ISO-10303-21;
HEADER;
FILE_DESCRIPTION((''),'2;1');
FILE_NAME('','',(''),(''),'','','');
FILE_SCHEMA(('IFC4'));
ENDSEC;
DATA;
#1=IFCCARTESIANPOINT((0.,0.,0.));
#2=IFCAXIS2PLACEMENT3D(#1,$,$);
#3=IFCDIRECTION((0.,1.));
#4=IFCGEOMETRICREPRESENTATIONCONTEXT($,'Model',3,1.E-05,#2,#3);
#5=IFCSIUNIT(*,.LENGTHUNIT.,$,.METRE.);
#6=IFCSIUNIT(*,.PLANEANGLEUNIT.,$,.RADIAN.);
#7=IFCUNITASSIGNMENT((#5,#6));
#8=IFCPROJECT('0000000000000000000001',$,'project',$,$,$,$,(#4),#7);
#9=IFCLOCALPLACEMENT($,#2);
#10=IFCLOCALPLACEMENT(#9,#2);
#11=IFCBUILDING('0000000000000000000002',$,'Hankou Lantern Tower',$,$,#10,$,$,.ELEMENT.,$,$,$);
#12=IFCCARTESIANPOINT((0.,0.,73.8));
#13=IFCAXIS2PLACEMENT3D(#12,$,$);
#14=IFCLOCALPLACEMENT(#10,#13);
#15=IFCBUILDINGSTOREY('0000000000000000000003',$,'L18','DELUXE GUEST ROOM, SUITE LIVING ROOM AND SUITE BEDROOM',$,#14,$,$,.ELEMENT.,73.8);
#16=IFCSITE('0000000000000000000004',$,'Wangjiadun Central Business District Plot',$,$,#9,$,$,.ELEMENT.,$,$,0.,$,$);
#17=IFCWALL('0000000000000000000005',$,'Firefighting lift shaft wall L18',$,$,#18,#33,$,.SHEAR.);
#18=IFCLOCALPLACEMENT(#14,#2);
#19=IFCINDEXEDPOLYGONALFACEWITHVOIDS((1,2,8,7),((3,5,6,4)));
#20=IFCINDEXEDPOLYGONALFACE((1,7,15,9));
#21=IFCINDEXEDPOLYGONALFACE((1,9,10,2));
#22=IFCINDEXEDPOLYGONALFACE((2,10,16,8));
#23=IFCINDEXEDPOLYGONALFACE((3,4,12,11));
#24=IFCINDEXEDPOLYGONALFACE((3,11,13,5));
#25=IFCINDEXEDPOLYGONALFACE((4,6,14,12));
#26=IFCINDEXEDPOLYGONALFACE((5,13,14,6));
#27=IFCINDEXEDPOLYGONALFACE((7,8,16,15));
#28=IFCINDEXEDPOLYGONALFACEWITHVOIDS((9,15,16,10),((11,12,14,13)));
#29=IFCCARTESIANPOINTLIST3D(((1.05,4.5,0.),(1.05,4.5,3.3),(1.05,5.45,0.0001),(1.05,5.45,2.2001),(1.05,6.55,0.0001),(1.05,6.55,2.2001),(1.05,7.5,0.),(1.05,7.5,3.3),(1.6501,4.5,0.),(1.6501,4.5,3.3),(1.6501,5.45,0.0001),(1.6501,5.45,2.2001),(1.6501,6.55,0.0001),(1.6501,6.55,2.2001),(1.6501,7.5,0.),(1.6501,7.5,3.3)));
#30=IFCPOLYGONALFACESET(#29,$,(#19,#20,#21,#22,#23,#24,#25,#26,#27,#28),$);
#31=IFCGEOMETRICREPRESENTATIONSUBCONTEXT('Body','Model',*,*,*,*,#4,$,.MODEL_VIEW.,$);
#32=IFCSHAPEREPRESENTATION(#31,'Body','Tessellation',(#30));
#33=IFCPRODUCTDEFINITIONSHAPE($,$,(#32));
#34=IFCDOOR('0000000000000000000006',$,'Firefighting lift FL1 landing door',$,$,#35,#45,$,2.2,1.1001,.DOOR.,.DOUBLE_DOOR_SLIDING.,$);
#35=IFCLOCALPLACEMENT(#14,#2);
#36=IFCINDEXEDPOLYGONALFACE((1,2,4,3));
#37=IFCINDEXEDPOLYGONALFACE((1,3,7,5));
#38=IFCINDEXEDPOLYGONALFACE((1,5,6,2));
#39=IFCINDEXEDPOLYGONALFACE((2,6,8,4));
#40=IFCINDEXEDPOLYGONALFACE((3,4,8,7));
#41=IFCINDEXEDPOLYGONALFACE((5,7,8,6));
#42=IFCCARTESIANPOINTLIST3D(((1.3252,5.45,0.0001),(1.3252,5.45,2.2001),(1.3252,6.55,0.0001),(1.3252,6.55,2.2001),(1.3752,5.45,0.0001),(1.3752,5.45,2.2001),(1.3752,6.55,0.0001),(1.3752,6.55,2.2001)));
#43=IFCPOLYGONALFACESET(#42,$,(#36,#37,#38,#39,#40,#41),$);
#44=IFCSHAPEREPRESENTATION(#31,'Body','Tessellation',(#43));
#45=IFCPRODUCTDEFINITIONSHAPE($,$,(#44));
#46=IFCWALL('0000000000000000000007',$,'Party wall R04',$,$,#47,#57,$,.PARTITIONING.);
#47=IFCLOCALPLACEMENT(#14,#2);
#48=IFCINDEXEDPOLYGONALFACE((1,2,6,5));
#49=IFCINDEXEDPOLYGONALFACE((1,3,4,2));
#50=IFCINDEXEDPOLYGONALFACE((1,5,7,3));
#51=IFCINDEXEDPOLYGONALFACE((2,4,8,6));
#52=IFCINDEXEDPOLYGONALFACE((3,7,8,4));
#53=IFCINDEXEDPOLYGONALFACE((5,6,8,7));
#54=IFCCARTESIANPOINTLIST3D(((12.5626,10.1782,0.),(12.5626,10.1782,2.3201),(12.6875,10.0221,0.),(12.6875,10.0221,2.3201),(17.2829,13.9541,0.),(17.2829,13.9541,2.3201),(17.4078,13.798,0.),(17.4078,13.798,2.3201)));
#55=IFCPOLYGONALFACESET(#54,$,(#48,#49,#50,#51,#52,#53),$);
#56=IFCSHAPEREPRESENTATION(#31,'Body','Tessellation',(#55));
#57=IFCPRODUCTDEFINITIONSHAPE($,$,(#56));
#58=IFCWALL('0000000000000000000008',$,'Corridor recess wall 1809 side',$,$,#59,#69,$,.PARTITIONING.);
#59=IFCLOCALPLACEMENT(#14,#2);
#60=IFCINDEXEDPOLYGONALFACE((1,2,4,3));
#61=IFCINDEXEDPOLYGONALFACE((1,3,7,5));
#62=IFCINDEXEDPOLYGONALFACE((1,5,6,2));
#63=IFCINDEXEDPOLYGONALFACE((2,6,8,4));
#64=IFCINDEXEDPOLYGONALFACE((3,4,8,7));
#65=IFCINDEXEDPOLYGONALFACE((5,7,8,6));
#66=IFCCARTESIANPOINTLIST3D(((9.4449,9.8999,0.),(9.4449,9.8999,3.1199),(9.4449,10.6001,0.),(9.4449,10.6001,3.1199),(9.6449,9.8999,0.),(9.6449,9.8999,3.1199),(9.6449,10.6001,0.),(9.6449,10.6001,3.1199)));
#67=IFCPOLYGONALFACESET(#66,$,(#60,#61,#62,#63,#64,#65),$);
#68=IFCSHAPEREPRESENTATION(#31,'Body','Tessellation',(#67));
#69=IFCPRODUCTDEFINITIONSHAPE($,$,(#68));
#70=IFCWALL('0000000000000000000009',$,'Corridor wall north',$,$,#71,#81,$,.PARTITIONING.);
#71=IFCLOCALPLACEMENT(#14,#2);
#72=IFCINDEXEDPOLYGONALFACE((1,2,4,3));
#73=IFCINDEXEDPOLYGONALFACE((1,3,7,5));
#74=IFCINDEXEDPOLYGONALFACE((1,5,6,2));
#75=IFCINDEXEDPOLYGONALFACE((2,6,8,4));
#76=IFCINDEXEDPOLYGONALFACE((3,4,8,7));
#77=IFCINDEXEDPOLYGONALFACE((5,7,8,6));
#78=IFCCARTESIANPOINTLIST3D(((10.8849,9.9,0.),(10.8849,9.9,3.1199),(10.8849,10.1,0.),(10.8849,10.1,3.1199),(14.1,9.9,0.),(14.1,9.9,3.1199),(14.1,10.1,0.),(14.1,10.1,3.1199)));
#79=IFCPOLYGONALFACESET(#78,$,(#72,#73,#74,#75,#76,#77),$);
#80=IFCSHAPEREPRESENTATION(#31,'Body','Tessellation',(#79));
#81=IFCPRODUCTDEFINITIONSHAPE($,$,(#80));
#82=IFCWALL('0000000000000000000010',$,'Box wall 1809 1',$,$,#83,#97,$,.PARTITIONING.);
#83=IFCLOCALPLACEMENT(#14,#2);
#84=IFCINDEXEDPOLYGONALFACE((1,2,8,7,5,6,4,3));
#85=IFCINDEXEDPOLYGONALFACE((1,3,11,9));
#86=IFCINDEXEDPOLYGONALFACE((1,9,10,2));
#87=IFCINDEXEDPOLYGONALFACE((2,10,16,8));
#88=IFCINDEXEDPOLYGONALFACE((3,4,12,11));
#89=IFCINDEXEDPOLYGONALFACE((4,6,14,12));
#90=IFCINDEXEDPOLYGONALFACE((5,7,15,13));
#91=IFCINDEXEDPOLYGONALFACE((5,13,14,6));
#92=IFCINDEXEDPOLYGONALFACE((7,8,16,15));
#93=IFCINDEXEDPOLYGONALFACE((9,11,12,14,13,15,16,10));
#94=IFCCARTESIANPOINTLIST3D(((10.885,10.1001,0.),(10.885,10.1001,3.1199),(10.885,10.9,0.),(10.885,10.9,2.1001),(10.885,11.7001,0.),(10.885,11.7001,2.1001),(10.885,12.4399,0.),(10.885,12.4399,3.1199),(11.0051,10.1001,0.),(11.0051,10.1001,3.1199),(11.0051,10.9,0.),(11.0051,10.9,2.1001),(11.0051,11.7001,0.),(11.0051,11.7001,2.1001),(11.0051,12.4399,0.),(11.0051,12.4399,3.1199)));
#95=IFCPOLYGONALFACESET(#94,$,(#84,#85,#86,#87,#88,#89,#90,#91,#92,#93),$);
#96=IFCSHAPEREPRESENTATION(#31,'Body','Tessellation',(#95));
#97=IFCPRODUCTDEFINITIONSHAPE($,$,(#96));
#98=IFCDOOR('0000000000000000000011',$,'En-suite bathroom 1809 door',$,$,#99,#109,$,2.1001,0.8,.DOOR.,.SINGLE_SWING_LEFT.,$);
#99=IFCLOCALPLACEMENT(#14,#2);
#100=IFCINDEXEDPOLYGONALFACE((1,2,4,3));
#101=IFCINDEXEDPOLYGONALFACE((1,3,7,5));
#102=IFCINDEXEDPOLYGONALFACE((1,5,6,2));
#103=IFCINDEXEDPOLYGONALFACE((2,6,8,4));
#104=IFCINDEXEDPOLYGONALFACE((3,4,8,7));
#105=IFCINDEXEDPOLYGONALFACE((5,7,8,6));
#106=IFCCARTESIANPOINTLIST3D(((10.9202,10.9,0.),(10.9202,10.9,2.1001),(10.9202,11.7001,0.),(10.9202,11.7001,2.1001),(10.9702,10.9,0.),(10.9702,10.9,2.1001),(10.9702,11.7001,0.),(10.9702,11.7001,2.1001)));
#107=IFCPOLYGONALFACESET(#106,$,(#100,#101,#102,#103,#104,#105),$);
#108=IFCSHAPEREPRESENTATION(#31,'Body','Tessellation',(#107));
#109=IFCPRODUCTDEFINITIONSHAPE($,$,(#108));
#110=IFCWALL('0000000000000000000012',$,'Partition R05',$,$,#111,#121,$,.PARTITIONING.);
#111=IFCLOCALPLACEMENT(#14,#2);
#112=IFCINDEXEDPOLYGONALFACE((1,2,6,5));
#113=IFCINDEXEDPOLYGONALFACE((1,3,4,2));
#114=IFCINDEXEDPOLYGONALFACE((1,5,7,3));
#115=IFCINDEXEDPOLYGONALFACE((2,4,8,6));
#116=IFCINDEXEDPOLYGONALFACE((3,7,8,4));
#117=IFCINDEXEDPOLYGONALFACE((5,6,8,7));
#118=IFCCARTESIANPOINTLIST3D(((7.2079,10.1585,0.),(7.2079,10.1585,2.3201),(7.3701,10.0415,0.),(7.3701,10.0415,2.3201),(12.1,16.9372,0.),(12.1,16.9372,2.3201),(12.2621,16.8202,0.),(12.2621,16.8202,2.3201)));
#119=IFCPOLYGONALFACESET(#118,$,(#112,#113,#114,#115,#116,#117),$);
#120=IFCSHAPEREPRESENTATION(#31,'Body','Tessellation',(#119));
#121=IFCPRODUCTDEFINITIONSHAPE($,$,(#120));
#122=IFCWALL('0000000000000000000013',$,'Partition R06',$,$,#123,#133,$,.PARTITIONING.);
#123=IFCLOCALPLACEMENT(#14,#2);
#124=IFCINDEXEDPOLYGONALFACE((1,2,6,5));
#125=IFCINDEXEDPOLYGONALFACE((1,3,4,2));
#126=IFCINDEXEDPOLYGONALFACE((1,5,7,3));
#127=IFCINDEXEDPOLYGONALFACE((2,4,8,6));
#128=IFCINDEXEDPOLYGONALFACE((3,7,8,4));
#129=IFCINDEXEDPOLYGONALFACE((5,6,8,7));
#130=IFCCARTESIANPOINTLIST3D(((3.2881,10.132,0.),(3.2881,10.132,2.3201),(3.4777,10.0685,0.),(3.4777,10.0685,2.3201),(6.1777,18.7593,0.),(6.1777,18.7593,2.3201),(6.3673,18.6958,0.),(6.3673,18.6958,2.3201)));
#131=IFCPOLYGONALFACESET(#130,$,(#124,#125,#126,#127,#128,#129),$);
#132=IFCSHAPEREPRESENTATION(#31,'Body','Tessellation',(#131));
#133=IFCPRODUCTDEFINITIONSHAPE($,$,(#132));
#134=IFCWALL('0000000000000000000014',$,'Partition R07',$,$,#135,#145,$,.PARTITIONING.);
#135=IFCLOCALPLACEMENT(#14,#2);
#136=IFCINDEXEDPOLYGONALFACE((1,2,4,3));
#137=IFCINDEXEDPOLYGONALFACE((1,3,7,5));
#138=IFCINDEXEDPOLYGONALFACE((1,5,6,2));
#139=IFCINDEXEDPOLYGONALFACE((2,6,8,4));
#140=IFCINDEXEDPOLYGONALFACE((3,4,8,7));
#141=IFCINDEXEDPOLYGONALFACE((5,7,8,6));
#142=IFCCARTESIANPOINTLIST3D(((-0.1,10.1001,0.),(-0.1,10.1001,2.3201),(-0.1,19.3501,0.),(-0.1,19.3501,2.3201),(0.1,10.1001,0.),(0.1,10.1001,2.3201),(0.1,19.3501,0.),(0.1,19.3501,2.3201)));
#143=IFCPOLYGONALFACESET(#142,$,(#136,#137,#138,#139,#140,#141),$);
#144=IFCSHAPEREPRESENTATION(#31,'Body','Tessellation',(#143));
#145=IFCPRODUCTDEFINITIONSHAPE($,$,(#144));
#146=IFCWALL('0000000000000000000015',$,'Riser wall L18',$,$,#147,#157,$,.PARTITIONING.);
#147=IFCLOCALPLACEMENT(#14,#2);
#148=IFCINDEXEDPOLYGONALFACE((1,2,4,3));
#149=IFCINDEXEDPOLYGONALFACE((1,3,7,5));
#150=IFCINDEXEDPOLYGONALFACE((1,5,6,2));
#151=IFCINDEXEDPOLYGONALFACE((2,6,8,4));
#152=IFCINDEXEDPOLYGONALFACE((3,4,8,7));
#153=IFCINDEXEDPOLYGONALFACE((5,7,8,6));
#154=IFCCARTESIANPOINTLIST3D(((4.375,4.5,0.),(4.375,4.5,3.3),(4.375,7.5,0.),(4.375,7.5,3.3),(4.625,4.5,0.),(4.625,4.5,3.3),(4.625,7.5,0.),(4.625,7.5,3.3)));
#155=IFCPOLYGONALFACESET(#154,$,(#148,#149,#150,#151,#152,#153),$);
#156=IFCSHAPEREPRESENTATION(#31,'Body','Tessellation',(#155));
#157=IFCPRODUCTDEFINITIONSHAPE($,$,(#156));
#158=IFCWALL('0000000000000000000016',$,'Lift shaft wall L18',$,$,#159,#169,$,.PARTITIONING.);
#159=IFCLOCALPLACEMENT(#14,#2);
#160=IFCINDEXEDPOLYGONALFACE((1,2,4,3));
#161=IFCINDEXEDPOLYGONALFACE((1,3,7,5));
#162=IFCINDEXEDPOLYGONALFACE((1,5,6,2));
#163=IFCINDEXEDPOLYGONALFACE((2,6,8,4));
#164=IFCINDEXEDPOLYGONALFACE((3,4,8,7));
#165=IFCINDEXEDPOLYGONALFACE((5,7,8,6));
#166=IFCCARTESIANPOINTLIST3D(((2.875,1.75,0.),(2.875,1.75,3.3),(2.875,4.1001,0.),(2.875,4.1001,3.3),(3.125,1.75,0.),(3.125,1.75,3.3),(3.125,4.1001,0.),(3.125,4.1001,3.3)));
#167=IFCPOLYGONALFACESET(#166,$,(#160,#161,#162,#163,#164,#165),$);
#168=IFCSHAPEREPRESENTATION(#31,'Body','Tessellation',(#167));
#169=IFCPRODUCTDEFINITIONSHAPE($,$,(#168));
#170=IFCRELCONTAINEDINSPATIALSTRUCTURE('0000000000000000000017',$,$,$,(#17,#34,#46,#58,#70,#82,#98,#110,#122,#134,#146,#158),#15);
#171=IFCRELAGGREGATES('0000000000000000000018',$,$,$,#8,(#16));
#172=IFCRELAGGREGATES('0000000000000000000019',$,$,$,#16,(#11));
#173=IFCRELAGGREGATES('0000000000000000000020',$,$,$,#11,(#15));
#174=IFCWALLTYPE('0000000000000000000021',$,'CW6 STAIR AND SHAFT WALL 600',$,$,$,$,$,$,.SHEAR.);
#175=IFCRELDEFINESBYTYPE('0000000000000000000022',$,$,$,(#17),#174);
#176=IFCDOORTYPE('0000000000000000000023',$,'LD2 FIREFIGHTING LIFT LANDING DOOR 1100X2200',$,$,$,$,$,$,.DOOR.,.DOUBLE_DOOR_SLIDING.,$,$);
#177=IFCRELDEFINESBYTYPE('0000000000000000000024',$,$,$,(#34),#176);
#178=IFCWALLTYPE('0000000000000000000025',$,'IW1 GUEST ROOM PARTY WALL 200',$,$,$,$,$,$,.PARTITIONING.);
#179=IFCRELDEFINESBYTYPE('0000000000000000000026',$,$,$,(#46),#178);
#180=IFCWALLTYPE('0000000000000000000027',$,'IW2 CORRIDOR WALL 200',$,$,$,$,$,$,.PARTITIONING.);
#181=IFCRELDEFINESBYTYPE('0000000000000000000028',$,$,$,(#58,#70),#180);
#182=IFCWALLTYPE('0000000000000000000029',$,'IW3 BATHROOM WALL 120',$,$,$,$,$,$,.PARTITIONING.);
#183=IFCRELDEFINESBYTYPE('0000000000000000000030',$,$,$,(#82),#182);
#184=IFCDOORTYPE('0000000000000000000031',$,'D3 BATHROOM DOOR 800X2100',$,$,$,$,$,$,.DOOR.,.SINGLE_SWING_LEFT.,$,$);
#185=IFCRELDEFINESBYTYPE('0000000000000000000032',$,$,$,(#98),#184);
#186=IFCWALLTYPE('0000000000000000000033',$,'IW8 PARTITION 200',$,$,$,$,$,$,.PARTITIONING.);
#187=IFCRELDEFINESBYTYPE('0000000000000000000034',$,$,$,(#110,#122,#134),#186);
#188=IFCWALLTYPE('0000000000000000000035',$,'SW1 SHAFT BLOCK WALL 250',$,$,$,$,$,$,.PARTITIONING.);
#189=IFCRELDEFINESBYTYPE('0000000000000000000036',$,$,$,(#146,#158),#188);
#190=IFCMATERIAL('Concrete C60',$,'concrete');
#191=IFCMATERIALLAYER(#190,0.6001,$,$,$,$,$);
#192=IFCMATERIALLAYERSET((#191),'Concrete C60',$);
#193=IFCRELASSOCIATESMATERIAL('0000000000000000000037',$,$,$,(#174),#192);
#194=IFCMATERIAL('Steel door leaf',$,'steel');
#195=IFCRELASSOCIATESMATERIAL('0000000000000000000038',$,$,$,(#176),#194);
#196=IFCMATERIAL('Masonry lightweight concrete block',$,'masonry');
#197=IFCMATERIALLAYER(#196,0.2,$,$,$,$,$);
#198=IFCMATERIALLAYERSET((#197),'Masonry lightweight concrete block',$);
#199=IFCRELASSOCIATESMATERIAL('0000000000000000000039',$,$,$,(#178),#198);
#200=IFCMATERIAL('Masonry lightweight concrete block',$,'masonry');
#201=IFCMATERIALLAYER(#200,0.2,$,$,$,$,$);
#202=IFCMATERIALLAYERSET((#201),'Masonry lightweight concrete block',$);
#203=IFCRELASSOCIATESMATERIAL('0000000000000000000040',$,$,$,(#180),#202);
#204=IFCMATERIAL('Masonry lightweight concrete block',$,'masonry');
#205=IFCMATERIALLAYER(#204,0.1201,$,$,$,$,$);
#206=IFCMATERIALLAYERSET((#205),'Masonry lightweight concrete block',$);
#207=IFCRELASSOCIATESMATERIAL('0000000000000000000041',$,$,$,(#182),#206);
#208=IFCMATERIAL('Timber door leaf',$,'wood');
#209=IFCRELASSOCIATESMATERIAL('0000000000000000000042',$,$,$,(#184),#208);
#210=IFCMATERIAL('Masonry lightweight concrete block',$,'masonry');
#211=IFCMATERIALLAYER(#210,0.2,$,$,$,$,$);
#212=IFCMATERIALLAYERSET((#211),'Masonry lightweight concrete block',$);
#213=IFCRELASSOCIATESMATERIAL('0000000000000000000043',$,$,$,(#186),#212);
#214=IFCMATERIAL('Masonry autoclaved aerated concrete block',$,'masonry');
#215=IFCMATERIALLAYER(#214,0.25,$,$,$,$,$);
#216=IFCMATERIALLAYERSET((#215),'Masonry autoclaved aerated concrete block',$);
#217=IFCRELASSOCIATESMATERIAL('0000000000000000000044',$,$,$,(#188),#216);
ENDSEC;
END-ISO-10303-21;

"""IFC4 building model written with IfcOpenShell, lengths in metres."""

from ifc_helpers import new_model, si_unit, direction, frame, frame_2d, origin, place, context, subcontext, project, spatial, rectangle, extrude, material, layer, layer_set, type_object, element, fill, save


model = new_model("IFC4")

# Units and contexts
model_context = context("Model", 3, precision=1e-05, world=origin(), true_north=direction((0.0, 1.0)))
body_context = subcontext(model_context, "Body", "Model", "MODEL_VIEW")
ifc_project = project(units=[si_unit("LENGTHUNIT", "METRE"), si_unit("PLANEANGLEUNIT", "RADIAN")], contexts=[model_context])

# Site, building, storey
site_placement = place(None, origin())
site = spatial("IfcSite", under=ifc_project, at=site_placement, Name="Wangjiadun Central Business District Plot", CompositionType="ELEMENT", RefElevation=0.0)
building_placement = place(site_placement, origin())
building = spatial("IfcBuilding", under=site, at=building_placement, Name="Hankou Lantern Tower", CompositionType="ELEMENT")
storey_placement = place(building_placement, frame((0.0, 0.0, 73.8)))
storey = spatial("IfcBuildingStorey", under=building, at=storey_placement, Name="L18", Description="DELUXE GUEST ROOM, SUITE LIVING ROOM AND SUITE BEDROOM", CompositionType="ELEMENT", Elevation=73.8)

# Wall, opening, door
ifc_material_1 = material(Name="Concrete C60", Category="concrete")
ifc_layer_1 = layer(ifc_material_1, 0.6001)
ifc_layer_set_1 = layer_set([ifc_layer_1], Name="Concrete C60")
wall_type_1 = type_object("IfcWallType", Name="CW6 STAIR AND SHAFT WALL 600", PredefinedType="SHEAR", material=ifc_layer_set_1)
wall_1_placement = place(storey_placement, frame((1.3501, 4.5, 0.0), z_axis=(0.0, 0.0, 1.0), x_axis=(0.0, 1.0, 0.0)))
wall_1 = element("IfcWall", 1, at=wall_1_placement, inside=storey, type_object=wall_type_1, Name="Firefighting lift shaft wall L18", PredefinedType="SHEAR", context=body_context, shape_type="SweptSolid", body=[
    extrude(rectangle(XDim=3.0, YDim=0.6001, at=frame_2d((1.5, 0.0))), origin(), (0.0, 0.0, 1.0), 3.3),
])
opening_1_placement = place(wall_1_placement, frame((0.95, 0.0, 0.0)))
opening_1 = element("IfcOpeningElement", 2, at=opening_1_placement, cuts=wall_1, PredefinedType="OPENING", context=body_context, shape_type="SweptSolid", body=[
    extrude(rectangle(XDim=1.1001, YDim=2.2, at=frame_2d((0.55, 1.1001))), frame((0.0, 0.3101, 0.0), z_axis=(0.0, -1.0, 0.0), x_axis=(1.0, 0.0, 0.0)), (0.0, 0.0, 1.0), 0.6201),
])
ifc_material_2 = material(Name="Steel door leaf", Category="steel")
door_type_1 = type_object("IfcDoorType", Name="LD2 FIREFIGHTING LIFT LANDING DOOR 1100X2200", OperationType="DOUBLE_DOOR_SLIDING", PredefinedType="DOOR", material=ifc_material_2)
door_1_placement = place(opening_1_placement, origin())
door_1 = element("IfcDoor", 3, at=door_1_placement, inside=storey, type_object=door_type_1, Name="Firefighting lift FL1 landing door", OperationType="DOUBLE_DOOR_SLIDING", OverallHeight=2.2, OverallWidth=1.1001, PredefinedType="DOOR", context=body_context, shape_type="SweptSolid", body=[
    extrude(rectangle(XDim=1.1001, YDim=2.2, at=frame_2d((0.55, 1.1001))), frame((0.0, 0.0249, 0.0), z_axis=(0.0, -1.0, 0.0), x_axis=(1.0, 0.0, 0.0)), (0.0, 0.0, 1.0), 0.05),
])
fill(opening_1, door_1)

# Walls
ifc_material_3 = material(Name="Masonry lightweight concrete block", Category="masonry")
ifc_layer_2 = layer(ifc_material_3, 0.2)
ifc_layer_set_2 = layer_set([ifc_layer_2], Name="Masonry lightweight concrete block")
wall_type_2 = type_object("IfcWallType", Name="IW1 GUEST ROOM PARTY WALL 200", PredefinedType="PARTITIONING", material=ifc_layer_set_2)
wall_2_placement = place(storey_placement, frame((12.625, 10.1001, 0.0), z_axis=(0.0, 0.0, 1.0), x_axis=(0.780892, 0.624665, 0.0)))
element("IfcWall", 4, at=wall_2_placement, inside=storey, type_object=wall_type_2, Name="Party wall R04", PredefinedType="PARTITIONING", context=body_context, shape_type="SweptSolid", body=[
    extrude(rectangle(XDim=6.0447, YDim=0.2, at=frame_2d((3.0225, 0.0))), origin(), (0.0, 0.0, 1.0), 2.3201),
])
ifc_material_4 = material(Name="Masonry lightweight concrete block", Category="masonry")
ifc_layer_3 = layer(ifc_material_4, 0.2)
ifc_layer_set_3 = layer_set([ifc_layer_3], Name="Masonry lightweight concrete block")
wall_type_3 = type_object("IfcWallType", Name="IW2 CORRIDOR WALL 200", PredefinedType="PARTITIONING", material=ifc_layer_set_3)
wall_3_placement = place(storey_placement, frame((9.5449, 9.8999, 0.0), z_axis=(0.0, 0.0, 1.0), x_axis=(0.0, 1.0, 0.0)))
element("IfcWall", 5, at=wall_3_placement, inside=storey, type_object=wall_type_3, Name="Corridor recess wall 1809 side", PredefinedType="PARTITIONING", context=body_context, shape_type="SweptSolid", body=[
    extrude(rectangle(XDim=0.7002, YDim=0.2, at=frame_2d((0.3501, 0.0))), origin(), (0.0, 0.0, 1.0), 3.1199),
])
wall_4_placement = place(storey_placement, frame((10.885, 10.0, 0.0), z_axis=(0.0, 0.0, 1.0), x_axis=(1.0, 0.0, 0.0)))
element("IfcWall", 6, at=wall_4_placement, inside=storey, type_object=wall_type_3, Name="Corridor wall north", PredefinedType="PARTITIONING", context=body_context, shape_type="SweptSolid", body=[
    extrude(rectangle(XDim=3.2151, YDim=0.2, at=frame_2d((1.6074, 0.0))), origin(), (0.0, 0.0, 1.0), 3.1199),
])

# Wall, opening, door
ifc_material_5 = material(Name="Masonry lightweight concrete block", Category="masonry")
ifc_layer_4 = layer(ifc_material_5, 0.1201)
ifc_layer_set_4 = layer_set([ifc_layer_4], Name="Masonry lightweight concrete block")
wall_type_4 = type_object("IfcWallType", Name="IW3 BATHROOM WALL 120", PredefinedType="PARTITIONING", material=ifc_layer_set_4)
wall_5_placement = place(storey_placement, frame((10.9451, 10.1001, 0.0), z_axis=(0.0, 0.0, 1.0), x_axis=(0.0, 1.0, 0.0)))
wall_5 = element("IfcWall", 7, at=wall_5_placement, inside=storey, type_object=wall_type_4, Name="Box wall 1809 1", PredefinedType="PARTITIONING", context=body_context, shape_type="SweptSolid", body=[
    extrude(rectangle(XDim=2.3398, YDim=0.1201, at=frame_2d((1.1699, 0.0))), origin(), (0.0, 0.0, 1.0), 3.1199),
])
opening_2_placement = place(wall_5_placement, frame((0.8, 0.0, 0.0)))
opening_2 = element("IfcOpeningElement", 8, at=opening_2_placement, cuts=wall_5, PredefinedType="OPENING", context=body_context, shape_type="SweptSolid", body=[
    extrude(rectangle(XDim=0.8, YDim=2.1001, at=frame_2d((0.3999, 1.05))), frame((0.0, 0.0701, 0.0), z_axis=(0.0, -1.0, 0.0), x_axis=(1.0, 0.0, 0.0)), (0.0, 0.0, 1.0), 0.1401),
])
ifc_material_6 = material(Name="Timber door leaf", Category="wood")
door_type_2 = type_object("IfcDoorType", Name="D3 BATHROOM DOOR 800X2100", OperationType="SINGLE_SWING_LEFT", PredefinedType="DOOR", material=ifc_material_6)
door_2_placement = place(opening_2_placement, origin())
door_2 = element("IfcDoor", 9, at=door_2_placement, inside=storey, type_object=door_type_2, Name="En-suite bathroom 1809 door", OperationType="SINGLE_SWING_LEFT", OverallHeight=2.1001, OverallWidth=0.8, PredefinedType="DOOR", context=body_context, shape_type="SweptSolid", body=[
    extrude(rectangle(XDim=0.8, YDim=2.1001, at=frame_2d((0.3999, 1.05))), frame((0.0, 0.0249, 0.0), z_axis=(0.0, -1.0, 0.0), x_axis=(1.0, 0.0, 0.0)), (0.0, 0.0, 1.0), 0.05),
])
fill(opening_2, door_2)

# Walls
ifc_material_7 = material(Name="Masonry lightweight concrete block", Category="masonry")
ifc_layer_5 = layer(ifc_material_7, 0.2)
ifc_layer_set_5 = layer_set([ifc_layer_5], Name="Masonry lightweight concrete block")
wall_type_5 = type_object("IfcWallType", Name="IW8 PARTITION 200", PredefinedType="PARTITIONING", material=ifc_layer_set_5)
wall_6_placement = place(storey_placement, frame((7.2891, 10.1001, 0.0), z_axis=(0.0, 0.0, 1.0), x_axis=(0.585198, 0.81089, 0.0)))
element("IfcWall", 10, at=wall_6_placement, inside=storey, type_object=wall_type_5, Name="Partition R05", PredefinedType="PARTITIONING", context=body_context, shape_type="SweptSolid", body=[
    extrude(rectangle(XDim=8.3596, YDim=0.2, at=frame_2d((4.1797, 0.0))), origin(), (0.0, 0.0, 1.0), 2.3201),
])
wall_7_placement = place(storey_placement, frame((3.3828, 10.1001, 0.0), z_axis=(0.0, 0.0, 1.0), x_axis=(0.317596, 0.948226, 0.0)))
element("IfcWall", 11, at=wall_7_placement, inside=storey, type_object=wall_type_5, Name="Partition R06", PredefinedType="PARTITIONING", context=body_context, shape_type="SweptSolid", body=[
    extrude(rectangle(XDim=9.0984, YDim=0.2, at=frame_2d((4.5493, 0.0))), origin(), (0.0, 0.0, 1.0), 2.3201),
])
wall_8_placement = place(storey_placement, frame((0.0, 10.1001, 0.0), z_axis=(0.0, 0.0, 1.0), x_axis=(0.0, 1.0, 0.0)))
element("IfcWall", 12, at=wall_8_placement, inside=storey, type_object=wall_type_5, Name="Partition R07", PredefinedType="PARTITIONING", context=body_context, shape_type="SweptSolid", body=[
    extrude(rectangle(XDim=9.25, YDim=0.2, at=frame_2d((4.625, 0.0))), origin(), (0.0, 0.0, 1.0), 2.3201),
])
ifc_material_8 = material(Name="Masonry autoclaved aerated concrete block", Category="masonry")
ifc_layer_6 = layer(ifc_material_8, 0.25)
ifc_layer_set_6 = layer_set([ifc_layer_6], Name="Masonry autoclaved aerated concrete block")
wall_type_6 = type_object("IfcWallType", Name="SW1 SHAFT BLOCK WALL 250", PredefinedType="PARTITIONING", material=ifc_layer_set_6)
wall_9_placement = place(storey_placement, frame((4.5, 4.5, 0.0), z_axis=(0.0, 0.0, 1.0), x_axis=(0.0, 1.0, 0.0)))
element("IfcWall", 13, at=wall_9_placement, inside=storey, type_object=wall_type_6, Name="Riser wall L18", PredefinedType="PARTITIONING", context=body_context, shape_type="SweptSolid", body=[
    extrude(rectangle(XDim=3.0, YDim=0.25, at=frame_2d((1.5, 0.0))), origin(), (0.0, 0.0, 1.0), 3.3),
])
for number, where, z_axis, x_axis, name in (
    (14, (3.0, 1.75, 0.0), (0.0, 0.0, 1.0), (0.0, 1.0, 0.0), "Lift shaft wall L18"),
):
    element("IfcWall", number, at=place(storey_placement, frame(where, z_axis=z_axis, x_axis=x_axis)), inside=storey, type_object=wall_type_6, Name=name, PredefinedType="PARTITIONING", context=body_context, shape_type="SweptSolid", body=[
        extrude(rectangle(XDim=2.3501, YDim=0.25, at=frame_2d((1.175, 0.0))), origin(), (0.0, 0.0, 1.0), 3.3),
    ])

save(model, "model.ifc")
